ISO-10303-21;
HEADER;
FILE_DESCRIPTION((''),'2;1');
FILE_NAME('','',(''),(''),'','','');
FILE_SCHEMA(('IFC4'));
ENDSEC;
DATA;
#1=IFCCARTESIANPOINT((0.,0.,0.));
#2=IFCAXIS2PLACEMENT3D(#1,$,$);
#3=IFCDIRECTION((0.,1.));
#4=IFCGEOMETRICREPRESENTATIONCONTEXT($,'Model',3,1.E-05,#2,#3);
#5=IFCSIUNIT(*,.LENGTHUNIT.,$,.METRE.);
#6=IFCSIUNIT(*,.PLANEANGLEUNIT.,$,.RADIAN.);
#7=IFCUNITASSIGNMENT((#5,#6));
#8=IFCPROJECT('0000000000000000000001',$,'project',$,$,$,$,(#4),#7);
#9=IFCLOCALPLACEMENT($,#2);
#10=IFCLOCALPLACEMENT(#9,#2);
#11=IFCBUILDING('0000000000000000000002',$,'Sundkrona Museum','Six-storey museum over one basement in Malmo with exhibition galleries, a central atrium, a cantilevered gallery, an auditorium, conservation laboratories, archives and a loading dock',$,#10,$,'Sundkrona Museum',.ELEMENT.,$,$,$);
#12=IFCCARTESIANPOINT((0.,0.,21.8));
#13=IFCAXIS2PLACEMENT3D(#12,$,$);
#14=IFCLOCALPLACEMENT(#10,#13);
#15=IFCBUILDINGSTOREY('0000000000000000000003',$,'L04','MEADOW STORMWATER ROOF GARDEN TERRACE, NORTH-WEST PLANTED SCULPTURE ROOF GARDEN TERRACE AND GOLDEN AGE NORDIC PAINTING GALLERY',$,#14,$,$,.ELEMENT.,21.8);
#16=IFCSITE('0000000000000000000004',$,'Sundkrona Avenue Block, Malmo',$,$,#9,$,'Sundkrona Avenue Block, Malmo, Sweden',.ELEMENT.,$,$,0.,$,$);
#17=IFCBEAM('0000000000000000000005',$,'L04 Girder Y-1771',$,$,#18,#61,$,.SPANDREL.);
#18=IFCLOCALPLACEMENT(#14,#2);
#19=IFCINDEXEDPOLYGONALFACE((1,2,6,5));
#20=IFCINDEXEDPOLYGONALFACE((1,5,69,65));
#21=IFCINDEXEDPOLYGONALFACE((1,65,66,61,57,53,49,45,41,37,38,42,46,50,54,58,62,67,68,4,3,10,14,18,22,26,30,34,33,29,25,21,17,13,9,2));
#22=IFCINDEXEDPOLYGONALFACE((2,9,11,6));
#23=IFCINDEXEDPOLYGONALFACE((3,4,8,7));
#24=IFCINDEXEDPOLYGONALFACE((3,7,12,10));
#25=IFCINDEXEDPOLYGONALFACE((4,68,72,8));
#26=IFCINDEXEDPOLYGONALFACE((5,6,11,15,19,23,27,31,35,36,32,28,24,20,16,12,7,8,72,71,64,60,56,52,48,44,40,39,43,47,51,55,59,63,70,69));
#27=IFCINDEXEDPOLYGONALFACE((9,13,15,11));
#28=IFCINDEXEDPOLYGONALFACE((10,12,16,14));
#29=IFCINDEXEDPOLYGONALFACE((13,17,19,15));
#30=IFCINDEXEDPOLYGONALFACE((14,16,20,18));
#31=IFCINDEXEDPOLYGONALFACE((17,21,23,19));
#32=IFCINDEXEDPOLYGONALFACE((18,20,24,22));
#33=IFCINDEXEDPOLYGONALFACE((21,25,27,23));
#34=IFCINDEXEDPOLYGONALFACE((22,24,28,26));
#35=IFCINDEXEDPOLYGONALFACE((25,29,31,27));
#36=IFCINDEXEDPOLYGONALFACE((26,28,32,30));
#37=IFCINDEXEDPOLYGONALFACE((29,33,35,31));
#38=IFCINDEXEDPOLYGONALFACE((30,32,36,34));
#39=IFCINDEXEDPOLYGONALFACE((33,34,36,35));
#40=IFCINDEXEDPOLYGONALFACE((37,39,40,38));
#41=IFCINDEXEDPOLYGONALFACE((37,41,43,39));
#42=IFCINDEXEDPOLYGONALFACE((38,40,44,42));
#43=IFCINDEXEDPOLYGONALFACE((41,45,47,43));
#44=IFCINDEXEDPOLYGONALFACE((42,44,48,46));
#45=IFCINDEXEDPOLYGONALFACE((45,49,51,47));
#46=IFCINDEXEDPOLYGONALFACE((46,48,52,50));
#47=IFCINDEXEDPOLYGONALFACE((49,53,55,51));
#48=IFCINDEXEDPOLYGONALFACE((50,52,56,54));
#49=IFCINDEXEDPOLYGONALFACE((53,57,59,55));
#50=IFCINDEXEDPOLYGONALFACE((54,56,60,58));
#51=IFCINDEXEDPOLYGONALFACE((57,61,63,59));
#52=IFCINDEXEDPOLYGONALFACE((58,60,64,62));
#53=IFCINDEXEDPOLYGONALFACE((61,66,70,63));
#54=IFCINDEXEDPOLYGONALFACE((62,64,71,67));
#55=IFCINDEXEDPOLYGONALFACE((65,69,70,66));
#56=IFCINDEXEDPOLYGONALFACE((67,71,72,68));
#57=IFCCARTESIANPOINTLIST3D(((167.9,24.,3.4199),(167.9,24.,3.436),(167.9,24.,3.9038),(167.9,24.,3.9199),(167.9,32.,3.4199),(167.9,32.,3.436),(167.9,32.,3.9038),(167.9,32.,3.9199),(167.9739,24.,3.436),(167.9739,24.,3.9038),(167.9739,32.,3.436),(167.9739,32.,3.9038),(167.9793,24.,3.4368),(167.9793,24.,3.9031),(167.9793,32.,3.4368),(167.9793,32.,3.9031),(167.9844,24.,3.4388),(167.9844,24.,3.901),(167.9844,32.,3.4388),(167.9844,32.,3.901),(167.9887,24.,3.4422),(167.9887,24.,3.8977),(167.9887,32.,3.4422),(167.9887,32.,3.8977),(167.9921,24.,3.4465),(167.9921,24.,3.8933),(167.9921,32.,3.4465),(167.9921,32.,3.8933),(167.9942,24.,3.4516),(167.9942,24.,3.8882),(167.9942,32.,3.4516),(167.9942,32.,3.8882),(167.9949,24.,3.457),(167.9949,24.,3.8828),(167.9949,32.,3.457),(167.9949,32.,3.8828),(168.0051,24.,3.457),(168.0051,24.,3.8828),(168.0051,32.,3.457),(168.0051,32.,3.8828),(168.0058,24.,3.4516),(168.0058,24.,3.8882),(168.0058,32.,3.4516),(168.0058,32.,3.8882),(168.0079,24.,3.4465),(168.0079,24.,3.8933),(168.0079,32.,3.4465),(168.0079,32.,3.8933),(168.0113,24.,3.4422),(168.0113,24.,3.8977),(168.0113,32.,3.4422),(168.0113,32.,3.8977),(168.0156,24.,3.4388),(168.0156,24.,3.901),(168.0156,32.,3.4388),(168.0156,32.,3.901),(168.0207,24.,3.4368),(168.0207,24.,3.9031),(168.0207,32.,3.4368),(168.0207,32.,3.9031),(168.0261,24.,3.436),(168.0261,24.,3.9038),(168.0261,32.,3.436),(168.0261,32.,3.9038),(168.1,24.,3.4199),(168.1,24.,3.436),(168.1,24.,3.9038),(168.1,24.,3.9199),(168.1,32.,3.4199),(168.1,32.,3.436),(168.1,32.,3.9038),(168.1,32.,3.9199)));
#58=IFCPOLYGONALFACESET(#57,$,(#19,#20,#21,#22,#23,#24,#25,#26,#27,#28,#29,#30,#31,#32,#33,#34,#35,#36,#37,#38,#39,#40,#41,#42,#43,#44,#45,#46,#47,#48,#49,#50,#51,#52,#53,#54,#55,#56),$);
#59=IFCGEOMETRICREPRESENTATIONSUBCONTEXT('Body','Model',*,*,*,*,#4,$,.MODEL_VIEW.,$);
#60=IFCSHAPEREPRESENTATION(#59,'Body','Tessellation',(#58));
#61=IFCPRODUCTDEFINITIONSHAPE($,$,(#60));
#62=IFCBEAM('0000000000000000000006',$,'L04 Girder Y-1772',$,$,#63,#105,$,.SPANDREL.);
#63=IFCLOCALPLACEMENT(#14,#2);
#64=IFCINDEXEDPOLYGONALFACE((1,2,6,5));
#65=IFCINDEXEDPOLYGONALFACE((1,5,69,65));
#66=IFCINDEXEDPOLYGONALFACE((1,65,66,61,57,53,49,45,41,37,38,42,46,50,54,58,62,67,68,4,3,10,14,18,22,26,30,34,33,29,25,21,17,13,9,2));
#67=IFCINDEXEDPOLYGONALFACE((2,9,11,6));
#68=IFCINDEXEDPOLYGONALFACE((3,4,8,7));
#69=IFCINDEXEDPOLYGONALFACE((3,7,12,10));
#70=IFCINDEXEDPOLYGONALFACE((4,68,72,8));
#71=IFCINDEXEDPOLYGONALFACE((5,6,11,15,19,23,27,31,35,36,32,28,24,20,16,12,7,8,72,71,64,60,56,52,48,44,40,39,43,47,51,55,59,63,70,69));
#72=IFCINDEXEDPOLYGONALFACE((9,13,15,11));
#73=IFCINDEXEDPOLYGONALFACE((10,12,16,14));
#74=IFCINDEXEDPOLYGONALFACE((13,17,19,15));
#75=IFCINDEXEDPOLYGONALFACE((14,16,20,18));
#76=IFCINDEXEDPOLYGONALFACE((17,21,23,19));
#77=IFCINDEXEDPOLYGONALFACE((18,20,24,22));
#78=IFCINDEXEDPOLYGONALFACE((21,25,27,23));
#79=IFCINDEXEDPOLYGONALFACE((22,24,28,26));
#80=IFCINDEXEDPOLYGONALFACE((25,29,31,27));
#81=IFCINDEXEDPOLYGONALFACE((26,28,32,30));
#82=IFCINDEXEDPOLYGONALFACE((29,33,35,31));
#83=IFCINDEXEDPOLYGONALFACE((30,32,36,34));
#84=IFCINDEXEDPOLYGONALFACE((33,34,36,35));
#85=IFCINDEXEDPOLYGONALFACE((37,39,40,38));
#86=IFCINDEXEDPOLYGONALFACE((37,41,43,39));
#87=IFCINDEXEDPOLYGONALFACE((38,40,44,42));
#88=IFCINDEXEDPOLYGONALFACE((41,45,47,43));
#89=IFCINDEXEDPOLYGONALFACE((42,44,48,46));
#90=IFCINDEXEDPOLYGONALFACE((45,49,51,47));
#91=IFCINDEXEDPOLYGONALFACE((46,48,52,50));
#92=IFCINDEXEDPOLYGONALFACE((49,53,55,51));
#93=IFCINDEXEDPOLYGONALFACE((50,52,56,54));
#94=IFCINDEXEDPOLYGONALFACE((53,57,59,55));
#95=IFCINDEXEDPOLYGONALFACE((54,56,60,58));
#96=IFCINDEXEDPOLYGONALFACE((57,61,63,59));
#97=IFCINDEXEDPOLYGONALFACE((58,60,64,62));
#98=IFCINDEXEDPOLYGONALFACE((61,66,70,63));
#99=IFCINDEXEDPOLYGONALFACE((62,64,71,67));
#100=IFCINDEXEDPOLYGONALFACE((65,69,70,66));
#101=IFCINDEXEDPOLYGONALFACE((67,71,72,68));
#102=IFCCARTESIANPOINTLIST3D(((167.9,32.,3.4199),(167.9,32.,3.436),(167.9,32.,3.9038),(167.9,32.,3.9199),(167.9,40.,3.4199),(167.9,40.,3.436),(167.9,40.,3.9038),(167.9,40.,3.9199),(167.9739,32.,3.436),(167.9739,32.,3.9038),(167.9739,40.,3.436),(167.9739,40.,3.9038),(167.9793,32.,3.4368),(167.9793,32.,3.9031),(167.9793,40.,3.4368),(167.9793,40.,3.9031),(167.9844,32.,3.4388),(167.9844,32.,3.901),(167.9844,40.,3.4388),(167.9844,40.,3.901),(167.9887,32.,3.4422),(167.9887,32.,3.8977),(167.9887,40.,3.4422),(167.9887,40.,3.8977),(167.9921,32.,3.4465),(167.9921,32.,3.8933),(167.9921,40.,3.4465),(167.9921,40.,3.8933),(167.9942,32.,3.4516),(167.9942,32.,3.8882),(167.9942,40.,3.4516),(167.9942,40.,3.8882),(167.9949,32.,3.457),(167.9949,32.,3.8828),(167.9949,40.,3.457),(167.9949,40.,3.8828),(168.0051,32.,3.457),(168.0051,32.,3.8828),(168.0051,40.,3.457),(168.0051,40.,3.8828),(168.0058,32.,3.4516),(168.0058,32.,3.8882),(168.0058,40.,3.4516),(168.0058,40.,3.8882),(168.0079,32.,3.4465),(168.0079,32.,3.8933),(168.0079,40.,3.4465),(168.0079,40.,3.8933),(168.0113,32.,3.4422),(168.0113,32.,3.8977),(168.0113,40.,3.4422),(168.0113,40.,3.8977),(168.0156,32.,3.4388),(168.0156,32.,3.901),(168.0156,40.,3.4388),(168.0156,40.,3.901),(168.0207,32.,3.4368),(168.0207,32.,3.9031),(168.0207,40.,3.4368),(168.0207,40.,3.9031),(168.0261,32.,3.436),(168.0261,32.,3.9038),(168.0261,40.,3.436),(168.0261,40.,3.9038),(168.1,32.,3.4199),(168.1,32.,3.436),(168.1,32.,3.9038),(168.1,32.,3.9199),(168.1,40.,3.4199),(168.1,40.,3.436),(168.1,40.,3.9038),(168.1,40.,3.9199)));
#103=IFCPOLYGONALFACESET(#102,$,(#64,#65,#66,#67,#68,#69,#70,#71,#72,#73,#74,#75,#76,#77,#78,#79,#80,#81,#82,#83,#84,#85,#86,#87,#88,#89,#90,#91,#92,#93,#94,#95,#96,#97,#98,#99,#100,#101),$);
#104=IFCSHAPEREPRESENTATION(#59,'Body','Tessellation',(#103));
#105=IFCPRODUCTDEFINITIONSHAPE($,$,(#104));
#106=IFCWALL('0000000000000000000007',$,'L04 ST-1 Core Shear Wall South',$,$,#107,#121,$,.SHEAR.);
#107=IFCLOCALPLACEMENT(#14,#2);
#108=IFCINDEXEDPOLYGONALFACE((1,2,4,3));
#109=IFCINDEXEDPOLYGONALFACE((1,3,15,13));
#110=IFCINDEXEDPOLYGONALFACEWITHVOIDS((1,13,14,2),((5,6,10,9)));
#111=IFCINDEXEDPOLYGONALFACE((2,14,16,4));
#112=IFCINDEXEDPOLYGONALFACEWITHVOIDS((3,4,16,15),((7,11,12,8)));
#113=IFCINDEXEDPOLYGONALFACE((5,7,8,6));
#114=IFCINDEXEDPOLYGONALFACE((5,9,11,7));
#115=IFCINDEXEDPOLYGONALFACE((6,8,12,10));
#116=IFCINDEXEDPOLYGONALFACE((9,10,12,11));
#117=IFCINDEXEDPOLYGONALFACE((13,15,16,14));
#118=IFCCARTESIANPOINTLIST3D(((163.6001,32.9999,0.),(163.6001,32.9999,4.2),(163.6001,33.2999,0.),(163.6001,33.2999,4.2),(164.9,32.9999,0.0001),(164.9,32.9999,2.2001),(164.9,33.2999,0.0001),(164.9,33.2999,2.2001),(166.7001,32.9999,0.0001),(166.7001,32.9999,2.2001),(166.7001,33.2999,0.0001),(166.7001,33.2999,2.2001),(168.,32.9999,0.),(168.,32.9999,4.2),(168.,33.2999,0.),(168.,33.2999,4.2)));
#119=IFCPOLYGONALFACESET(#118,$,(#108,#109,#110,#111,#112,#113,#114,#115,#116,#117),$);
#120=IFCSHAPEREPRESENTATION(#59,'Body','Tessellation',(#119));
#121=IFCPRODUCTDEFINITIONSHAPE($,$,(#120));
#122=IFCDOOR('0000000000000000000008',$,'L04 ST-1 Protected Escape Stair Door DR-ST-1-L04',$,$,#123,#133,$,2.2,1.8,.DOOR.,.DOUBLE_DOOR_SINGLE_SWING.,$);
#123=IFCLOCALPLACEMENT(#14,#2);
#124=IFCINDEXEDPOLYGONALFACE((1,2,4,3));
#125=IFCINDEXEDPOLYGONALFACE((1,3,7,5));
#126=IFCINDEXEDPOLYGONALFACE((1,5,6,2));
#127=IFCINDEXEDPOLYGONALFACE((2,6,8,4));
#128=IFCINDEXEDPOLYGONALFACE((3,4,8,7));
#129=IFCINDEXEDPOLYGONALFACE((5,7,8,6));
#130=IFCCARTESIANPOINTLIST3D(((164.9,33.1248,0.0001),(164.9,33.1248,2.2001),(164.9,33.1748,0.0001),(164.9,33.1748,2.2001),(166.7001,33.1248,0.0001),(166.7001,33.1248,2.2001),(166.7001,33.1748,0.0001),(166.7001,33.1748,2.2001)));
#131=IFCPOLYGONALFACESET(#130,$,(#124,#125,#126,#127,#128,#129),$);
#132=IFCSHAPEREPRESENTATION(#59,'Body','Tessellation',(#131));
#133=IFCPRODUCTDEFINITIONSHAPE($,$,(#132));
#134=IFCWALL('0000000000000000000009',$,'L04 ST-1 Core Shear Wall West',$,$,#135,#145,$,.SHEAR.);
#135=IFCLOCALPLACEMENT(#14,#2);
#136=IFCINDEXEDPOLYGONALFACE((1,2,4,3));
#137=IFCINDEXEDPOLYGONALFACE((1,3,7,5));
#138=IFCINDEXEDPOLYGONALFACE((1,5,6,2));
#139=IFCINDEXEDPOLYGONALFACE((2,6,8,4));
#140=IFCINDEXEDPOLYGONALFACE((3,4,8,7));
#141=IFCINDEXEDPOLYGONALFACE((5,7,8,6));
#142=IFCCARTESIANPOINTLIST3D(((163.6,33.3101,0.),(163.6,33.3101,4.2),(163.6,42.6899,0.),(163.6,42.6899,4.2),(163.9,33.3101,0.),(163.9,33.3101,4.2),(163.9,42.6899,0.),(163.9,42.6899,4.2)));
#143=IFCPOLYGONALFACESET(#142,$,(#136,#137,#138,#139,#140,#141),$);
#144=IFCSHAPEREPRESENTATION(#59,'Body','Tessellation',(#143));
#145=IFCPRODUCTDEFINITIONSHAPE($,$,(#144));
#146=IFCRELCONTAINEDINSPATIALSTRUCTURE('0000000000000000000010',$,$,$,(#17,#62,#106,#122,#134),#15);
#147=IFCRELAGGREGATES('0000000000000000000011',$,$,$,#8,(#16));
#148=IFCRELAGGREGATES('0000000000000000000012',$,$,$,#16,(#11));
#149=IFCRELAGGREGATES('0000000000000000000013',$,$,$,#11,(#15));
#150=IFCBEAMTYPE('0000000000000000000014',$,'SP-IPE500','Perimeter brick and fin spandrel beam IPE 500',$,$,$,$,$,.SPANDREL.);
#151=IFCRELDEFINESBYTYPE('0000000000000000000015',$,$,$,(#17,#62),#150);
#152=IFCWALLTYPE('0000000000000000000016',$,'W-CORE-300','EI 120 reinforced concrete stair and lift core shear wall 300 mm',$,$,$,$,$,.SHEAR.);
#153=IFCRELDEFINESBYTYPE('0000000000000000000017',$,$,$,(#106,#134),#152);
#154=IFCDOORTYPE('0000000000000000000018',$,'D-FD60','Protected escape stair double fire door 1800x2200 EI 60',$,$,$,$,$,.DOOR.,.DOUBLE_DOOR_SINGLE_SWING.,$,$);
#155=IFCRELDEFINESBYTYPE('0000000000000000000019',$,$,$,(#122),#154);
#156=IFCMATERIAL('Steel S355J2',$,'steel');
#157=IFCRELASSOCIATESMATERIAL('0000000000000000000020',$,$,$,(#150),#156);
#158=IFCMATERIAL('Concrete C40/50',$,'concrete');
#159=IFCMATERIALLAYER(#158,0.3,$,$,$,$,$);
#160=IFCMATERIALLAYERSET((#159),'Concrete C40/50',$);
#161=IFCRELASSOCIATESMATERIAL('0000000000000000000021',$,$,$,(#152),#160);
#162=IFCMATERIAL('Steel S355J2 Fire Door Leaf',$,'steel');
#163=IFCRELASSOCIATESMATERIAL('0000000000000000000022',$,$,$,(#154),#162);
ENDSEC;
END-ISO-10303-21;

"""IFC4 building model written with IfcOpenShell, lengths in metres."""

from ifc_helpers import new_model, si_unit, direction, frame, frame_2d, origin, origin_2d, place, context, subcontext, project, spatial, rectangle, i_section, extrude, material, layer, layer_set, material_profile, profile_set, type_object, element, fill, save


model = new_model("IFC4")

# Units and contexts
model_context = context("Model", 3, precision=1e-05, world=origin(), true_north=direction((0.0, 1.0)))
body_context = subcontext(model_context, "Body", "Model", "MODEL_VIEW")
ifc_project = project(units=[si_unit("LENGTHUNIT", "METRE"), si_unit("PLANEANGLEUNIT", "RADIAN")], contexts=[model_context])

# Site, building, storey
site_placement = place(None, origin())
site = spatial("IfcSite", under=ifc_project, at=site_placement, Name="Sundkrona Avenue Block, Malmo", LongName="Sundkrona Avenue Block, Malmo, Sweden", CompositionType="ELEMENT", RefElevation=0.0)
building_placement = place(site_placement, origin())
building = spatial("IfcBuilding", under=site, at=building_placement, Name="Sundkrona Museum", Description="Six-storey museum over one basement in Malmo with exhibition galleries, a central atrium, a cantilevered gallery, an auditorium, conservation laboratories, archives and a loading dock", LongName="Sundkrona Museum", CompositionType="ELEMENT")
storey_placement = place(building_placement, frame((0.0, 0.0, 21.8)))
storey = spatial("IfcBuildingStorey", under=building, at=storey_placement, Name="L04", Description="MEADOW STORMWATER ROOF GARDEN TERRACE, NORTH-WEST PLANTED SCULPTURE ROOF GARDEN TERRACE AND GOLDEN AGE NORDIC PAINTING GALLERY", CompositionType="ELEMENT", Elevation=21.8)

# Shared definitions
ifc_material_1 = material(Name="Steel S355J2", Category="steel")

# Beams
ifc_material_profile_1 = material_profile(ifc_material_1, i_section(OverallWidth=0.2, OverallDepth=0.5, WebThickness=0.0103, FlangeThickness=0.0161, FilletRadius=0.021, at=origin_2d()), Name="IPE 500")
ifc_profile_set_1 = profile_set([ifc_material_profile_1], Name="Steel S355J2")
beam_type_1 = type_object("IfcBeamType", Name="SP-IPE500", Description="Perimeter brick and fin spandrel beam IPE 500", PredefinedType="SPANDREL", material=ifc_profile_set_1)
for number, where, z_axis, x_axis, name in (
    (1, (168.0, 24.0, 3.6699), (0.0, 1.0, 0.0), (-1.0, 0.0, 0.0), "L04 Girder Y-1771"),
    (2, (168.0, 32.0, 3.6699), (0.0, 1.0, 0.0), (-1.0, 0.0, 0.0), "L04 Girder Y-1772"),
):
    element("IfcBeam", number, at=place(storey_placement, frame(where, z_axis=z_axis, x_axis=x_axis)), inside=storey, type_object=beam_type_1, Name=name, PredefinedType="SPANDREL", context=body_context, shape_type="SweptSolid", body=[
        extrude(i_section(OverallWidth=0.2, OverallDepth=0.5, WebThickness=0.0103, FlangeThickness=0.0161, FilletRadius=0.021, at=origin_2d()), origin(), (0.0, 0.0, 1.0), 8.0),
    ])

# Wall, opening, door
ifc_material_2 = material(Name="Concrete C40/50", Category="concrete")
ifc_layer_1 = layer(ifc_material_2, 0.3)
ifc_layer_set_1 = layer_set([ifc_layer_1], Name="Concrete C40/50")
wall_type_1 = type_object("IfcWallType", Name="W-CORE-300", Description="EI 120 reinforced concrete stair and lift core shear wall 300 mm", PredefinedType="SHEAR", material=ifc_layer_set_1)
wall_1_placement = place(storey_placement, frame((163.6001, 33.1499, 0.0), z_axis=(0.0, 0.0, 1.0), x_axis=(1.0, 0.0, 0.0)))
wall_1 = element("IfcWall", 3, at=wall_1_placement, inside=storey, type_object=wall_type_1, Name="L04 ST-1 Core Shear Wall South", PredefinedType="SHEAR", context=body_context, shape_type="SweptSolid", body=[
    extrude(rectangle(XDim=4.3999, YDim=0.3, at=frame_2d((2.2, 0.0))), origin(), (0.0, 0.0, 1.0), 4.2),
])
opening_1_placement = place(wall_1_placement, frame((1.3, 0.0, 0.0)))
opening_1 = element("IfcOpeningElement", 4, at=opening_1_placement, cuts=wall_1, PredefinedType="OPENING", context=body_context, shape_type="SweptSolid", body=[
    extrude(rectangle(XDim=1.8, YDim=2.2, at=frame_2d((0.8999, 1.1001))), frame((0.0, 0.1599, 0.0), z_axis=(0.0, -1.0, 0.0), x_axis=(1.0, 0.0, 0.0)), (0.0, 0.0, 1.0), 0.3201),
])
ifc_material_3 = material(Name="Steel S355J2 Fire Door Leaf", Category="steel")
door_type_1 = type_object("IfcDoorType", Name="D-FD60", Description="Protected escape stair double fire door 1800x2200 EI 60", OperationType="DOUBLE_DOOR_SINGLE_SWING", PredefinedType="DOOR", material=ifc_material_3)
door_1_placement = place(opening_1_placement, origin())
door_1 = element("IfcDoor", 5, at=door_1_placement, inside=storey, type_object=door_type_1, Name="L04 ST-1 Protected Escape Stair Door DR-ST-1-L04", OperationType="DOUBLE_DOOR_SINGLE_SWING", OverallHeight=2.2, OverallWidth=1.8, PredefinedType="DOOR", context=body_context, shape_type="SweptSolid", body=[
    extrude(rectangle(XDim=1.8, YDim=2.2, at=frame_2d((0.8999, 1.1001))), frame((0.0, 0.0249, 0.0), z_axis=(0.0, -1.0, 0.0), x_axis=(1.0, 0.0, 0.0)), (0.0, 0.0, 1.0), 0.05),
])
fill(opening_1, door_1)

# Wall
wall_2_placement = place(storey_placement, frame((163.75, 33.3101, 0.0), z_axis=(0.0, 0.0, 1.0), x_axis=(0.0, 1.0, 0.0)))
element("IfcWall", 6, at=wall_2_placement, inside=storey, type_object=wall_type_1, Name="L04 ST-1 Core Shear Wall West", PredefinedType="SHEAR", context=body_context, shape_type="SweptSolid", body=[
    extrude(rectangle(XDim=9.3799, YDim=0.3, at=frame_2d((4.6899, 0.0))), origin(), (0.0, 0.0, 1.0), 4.2),
])

save(model, "model.ifc")
